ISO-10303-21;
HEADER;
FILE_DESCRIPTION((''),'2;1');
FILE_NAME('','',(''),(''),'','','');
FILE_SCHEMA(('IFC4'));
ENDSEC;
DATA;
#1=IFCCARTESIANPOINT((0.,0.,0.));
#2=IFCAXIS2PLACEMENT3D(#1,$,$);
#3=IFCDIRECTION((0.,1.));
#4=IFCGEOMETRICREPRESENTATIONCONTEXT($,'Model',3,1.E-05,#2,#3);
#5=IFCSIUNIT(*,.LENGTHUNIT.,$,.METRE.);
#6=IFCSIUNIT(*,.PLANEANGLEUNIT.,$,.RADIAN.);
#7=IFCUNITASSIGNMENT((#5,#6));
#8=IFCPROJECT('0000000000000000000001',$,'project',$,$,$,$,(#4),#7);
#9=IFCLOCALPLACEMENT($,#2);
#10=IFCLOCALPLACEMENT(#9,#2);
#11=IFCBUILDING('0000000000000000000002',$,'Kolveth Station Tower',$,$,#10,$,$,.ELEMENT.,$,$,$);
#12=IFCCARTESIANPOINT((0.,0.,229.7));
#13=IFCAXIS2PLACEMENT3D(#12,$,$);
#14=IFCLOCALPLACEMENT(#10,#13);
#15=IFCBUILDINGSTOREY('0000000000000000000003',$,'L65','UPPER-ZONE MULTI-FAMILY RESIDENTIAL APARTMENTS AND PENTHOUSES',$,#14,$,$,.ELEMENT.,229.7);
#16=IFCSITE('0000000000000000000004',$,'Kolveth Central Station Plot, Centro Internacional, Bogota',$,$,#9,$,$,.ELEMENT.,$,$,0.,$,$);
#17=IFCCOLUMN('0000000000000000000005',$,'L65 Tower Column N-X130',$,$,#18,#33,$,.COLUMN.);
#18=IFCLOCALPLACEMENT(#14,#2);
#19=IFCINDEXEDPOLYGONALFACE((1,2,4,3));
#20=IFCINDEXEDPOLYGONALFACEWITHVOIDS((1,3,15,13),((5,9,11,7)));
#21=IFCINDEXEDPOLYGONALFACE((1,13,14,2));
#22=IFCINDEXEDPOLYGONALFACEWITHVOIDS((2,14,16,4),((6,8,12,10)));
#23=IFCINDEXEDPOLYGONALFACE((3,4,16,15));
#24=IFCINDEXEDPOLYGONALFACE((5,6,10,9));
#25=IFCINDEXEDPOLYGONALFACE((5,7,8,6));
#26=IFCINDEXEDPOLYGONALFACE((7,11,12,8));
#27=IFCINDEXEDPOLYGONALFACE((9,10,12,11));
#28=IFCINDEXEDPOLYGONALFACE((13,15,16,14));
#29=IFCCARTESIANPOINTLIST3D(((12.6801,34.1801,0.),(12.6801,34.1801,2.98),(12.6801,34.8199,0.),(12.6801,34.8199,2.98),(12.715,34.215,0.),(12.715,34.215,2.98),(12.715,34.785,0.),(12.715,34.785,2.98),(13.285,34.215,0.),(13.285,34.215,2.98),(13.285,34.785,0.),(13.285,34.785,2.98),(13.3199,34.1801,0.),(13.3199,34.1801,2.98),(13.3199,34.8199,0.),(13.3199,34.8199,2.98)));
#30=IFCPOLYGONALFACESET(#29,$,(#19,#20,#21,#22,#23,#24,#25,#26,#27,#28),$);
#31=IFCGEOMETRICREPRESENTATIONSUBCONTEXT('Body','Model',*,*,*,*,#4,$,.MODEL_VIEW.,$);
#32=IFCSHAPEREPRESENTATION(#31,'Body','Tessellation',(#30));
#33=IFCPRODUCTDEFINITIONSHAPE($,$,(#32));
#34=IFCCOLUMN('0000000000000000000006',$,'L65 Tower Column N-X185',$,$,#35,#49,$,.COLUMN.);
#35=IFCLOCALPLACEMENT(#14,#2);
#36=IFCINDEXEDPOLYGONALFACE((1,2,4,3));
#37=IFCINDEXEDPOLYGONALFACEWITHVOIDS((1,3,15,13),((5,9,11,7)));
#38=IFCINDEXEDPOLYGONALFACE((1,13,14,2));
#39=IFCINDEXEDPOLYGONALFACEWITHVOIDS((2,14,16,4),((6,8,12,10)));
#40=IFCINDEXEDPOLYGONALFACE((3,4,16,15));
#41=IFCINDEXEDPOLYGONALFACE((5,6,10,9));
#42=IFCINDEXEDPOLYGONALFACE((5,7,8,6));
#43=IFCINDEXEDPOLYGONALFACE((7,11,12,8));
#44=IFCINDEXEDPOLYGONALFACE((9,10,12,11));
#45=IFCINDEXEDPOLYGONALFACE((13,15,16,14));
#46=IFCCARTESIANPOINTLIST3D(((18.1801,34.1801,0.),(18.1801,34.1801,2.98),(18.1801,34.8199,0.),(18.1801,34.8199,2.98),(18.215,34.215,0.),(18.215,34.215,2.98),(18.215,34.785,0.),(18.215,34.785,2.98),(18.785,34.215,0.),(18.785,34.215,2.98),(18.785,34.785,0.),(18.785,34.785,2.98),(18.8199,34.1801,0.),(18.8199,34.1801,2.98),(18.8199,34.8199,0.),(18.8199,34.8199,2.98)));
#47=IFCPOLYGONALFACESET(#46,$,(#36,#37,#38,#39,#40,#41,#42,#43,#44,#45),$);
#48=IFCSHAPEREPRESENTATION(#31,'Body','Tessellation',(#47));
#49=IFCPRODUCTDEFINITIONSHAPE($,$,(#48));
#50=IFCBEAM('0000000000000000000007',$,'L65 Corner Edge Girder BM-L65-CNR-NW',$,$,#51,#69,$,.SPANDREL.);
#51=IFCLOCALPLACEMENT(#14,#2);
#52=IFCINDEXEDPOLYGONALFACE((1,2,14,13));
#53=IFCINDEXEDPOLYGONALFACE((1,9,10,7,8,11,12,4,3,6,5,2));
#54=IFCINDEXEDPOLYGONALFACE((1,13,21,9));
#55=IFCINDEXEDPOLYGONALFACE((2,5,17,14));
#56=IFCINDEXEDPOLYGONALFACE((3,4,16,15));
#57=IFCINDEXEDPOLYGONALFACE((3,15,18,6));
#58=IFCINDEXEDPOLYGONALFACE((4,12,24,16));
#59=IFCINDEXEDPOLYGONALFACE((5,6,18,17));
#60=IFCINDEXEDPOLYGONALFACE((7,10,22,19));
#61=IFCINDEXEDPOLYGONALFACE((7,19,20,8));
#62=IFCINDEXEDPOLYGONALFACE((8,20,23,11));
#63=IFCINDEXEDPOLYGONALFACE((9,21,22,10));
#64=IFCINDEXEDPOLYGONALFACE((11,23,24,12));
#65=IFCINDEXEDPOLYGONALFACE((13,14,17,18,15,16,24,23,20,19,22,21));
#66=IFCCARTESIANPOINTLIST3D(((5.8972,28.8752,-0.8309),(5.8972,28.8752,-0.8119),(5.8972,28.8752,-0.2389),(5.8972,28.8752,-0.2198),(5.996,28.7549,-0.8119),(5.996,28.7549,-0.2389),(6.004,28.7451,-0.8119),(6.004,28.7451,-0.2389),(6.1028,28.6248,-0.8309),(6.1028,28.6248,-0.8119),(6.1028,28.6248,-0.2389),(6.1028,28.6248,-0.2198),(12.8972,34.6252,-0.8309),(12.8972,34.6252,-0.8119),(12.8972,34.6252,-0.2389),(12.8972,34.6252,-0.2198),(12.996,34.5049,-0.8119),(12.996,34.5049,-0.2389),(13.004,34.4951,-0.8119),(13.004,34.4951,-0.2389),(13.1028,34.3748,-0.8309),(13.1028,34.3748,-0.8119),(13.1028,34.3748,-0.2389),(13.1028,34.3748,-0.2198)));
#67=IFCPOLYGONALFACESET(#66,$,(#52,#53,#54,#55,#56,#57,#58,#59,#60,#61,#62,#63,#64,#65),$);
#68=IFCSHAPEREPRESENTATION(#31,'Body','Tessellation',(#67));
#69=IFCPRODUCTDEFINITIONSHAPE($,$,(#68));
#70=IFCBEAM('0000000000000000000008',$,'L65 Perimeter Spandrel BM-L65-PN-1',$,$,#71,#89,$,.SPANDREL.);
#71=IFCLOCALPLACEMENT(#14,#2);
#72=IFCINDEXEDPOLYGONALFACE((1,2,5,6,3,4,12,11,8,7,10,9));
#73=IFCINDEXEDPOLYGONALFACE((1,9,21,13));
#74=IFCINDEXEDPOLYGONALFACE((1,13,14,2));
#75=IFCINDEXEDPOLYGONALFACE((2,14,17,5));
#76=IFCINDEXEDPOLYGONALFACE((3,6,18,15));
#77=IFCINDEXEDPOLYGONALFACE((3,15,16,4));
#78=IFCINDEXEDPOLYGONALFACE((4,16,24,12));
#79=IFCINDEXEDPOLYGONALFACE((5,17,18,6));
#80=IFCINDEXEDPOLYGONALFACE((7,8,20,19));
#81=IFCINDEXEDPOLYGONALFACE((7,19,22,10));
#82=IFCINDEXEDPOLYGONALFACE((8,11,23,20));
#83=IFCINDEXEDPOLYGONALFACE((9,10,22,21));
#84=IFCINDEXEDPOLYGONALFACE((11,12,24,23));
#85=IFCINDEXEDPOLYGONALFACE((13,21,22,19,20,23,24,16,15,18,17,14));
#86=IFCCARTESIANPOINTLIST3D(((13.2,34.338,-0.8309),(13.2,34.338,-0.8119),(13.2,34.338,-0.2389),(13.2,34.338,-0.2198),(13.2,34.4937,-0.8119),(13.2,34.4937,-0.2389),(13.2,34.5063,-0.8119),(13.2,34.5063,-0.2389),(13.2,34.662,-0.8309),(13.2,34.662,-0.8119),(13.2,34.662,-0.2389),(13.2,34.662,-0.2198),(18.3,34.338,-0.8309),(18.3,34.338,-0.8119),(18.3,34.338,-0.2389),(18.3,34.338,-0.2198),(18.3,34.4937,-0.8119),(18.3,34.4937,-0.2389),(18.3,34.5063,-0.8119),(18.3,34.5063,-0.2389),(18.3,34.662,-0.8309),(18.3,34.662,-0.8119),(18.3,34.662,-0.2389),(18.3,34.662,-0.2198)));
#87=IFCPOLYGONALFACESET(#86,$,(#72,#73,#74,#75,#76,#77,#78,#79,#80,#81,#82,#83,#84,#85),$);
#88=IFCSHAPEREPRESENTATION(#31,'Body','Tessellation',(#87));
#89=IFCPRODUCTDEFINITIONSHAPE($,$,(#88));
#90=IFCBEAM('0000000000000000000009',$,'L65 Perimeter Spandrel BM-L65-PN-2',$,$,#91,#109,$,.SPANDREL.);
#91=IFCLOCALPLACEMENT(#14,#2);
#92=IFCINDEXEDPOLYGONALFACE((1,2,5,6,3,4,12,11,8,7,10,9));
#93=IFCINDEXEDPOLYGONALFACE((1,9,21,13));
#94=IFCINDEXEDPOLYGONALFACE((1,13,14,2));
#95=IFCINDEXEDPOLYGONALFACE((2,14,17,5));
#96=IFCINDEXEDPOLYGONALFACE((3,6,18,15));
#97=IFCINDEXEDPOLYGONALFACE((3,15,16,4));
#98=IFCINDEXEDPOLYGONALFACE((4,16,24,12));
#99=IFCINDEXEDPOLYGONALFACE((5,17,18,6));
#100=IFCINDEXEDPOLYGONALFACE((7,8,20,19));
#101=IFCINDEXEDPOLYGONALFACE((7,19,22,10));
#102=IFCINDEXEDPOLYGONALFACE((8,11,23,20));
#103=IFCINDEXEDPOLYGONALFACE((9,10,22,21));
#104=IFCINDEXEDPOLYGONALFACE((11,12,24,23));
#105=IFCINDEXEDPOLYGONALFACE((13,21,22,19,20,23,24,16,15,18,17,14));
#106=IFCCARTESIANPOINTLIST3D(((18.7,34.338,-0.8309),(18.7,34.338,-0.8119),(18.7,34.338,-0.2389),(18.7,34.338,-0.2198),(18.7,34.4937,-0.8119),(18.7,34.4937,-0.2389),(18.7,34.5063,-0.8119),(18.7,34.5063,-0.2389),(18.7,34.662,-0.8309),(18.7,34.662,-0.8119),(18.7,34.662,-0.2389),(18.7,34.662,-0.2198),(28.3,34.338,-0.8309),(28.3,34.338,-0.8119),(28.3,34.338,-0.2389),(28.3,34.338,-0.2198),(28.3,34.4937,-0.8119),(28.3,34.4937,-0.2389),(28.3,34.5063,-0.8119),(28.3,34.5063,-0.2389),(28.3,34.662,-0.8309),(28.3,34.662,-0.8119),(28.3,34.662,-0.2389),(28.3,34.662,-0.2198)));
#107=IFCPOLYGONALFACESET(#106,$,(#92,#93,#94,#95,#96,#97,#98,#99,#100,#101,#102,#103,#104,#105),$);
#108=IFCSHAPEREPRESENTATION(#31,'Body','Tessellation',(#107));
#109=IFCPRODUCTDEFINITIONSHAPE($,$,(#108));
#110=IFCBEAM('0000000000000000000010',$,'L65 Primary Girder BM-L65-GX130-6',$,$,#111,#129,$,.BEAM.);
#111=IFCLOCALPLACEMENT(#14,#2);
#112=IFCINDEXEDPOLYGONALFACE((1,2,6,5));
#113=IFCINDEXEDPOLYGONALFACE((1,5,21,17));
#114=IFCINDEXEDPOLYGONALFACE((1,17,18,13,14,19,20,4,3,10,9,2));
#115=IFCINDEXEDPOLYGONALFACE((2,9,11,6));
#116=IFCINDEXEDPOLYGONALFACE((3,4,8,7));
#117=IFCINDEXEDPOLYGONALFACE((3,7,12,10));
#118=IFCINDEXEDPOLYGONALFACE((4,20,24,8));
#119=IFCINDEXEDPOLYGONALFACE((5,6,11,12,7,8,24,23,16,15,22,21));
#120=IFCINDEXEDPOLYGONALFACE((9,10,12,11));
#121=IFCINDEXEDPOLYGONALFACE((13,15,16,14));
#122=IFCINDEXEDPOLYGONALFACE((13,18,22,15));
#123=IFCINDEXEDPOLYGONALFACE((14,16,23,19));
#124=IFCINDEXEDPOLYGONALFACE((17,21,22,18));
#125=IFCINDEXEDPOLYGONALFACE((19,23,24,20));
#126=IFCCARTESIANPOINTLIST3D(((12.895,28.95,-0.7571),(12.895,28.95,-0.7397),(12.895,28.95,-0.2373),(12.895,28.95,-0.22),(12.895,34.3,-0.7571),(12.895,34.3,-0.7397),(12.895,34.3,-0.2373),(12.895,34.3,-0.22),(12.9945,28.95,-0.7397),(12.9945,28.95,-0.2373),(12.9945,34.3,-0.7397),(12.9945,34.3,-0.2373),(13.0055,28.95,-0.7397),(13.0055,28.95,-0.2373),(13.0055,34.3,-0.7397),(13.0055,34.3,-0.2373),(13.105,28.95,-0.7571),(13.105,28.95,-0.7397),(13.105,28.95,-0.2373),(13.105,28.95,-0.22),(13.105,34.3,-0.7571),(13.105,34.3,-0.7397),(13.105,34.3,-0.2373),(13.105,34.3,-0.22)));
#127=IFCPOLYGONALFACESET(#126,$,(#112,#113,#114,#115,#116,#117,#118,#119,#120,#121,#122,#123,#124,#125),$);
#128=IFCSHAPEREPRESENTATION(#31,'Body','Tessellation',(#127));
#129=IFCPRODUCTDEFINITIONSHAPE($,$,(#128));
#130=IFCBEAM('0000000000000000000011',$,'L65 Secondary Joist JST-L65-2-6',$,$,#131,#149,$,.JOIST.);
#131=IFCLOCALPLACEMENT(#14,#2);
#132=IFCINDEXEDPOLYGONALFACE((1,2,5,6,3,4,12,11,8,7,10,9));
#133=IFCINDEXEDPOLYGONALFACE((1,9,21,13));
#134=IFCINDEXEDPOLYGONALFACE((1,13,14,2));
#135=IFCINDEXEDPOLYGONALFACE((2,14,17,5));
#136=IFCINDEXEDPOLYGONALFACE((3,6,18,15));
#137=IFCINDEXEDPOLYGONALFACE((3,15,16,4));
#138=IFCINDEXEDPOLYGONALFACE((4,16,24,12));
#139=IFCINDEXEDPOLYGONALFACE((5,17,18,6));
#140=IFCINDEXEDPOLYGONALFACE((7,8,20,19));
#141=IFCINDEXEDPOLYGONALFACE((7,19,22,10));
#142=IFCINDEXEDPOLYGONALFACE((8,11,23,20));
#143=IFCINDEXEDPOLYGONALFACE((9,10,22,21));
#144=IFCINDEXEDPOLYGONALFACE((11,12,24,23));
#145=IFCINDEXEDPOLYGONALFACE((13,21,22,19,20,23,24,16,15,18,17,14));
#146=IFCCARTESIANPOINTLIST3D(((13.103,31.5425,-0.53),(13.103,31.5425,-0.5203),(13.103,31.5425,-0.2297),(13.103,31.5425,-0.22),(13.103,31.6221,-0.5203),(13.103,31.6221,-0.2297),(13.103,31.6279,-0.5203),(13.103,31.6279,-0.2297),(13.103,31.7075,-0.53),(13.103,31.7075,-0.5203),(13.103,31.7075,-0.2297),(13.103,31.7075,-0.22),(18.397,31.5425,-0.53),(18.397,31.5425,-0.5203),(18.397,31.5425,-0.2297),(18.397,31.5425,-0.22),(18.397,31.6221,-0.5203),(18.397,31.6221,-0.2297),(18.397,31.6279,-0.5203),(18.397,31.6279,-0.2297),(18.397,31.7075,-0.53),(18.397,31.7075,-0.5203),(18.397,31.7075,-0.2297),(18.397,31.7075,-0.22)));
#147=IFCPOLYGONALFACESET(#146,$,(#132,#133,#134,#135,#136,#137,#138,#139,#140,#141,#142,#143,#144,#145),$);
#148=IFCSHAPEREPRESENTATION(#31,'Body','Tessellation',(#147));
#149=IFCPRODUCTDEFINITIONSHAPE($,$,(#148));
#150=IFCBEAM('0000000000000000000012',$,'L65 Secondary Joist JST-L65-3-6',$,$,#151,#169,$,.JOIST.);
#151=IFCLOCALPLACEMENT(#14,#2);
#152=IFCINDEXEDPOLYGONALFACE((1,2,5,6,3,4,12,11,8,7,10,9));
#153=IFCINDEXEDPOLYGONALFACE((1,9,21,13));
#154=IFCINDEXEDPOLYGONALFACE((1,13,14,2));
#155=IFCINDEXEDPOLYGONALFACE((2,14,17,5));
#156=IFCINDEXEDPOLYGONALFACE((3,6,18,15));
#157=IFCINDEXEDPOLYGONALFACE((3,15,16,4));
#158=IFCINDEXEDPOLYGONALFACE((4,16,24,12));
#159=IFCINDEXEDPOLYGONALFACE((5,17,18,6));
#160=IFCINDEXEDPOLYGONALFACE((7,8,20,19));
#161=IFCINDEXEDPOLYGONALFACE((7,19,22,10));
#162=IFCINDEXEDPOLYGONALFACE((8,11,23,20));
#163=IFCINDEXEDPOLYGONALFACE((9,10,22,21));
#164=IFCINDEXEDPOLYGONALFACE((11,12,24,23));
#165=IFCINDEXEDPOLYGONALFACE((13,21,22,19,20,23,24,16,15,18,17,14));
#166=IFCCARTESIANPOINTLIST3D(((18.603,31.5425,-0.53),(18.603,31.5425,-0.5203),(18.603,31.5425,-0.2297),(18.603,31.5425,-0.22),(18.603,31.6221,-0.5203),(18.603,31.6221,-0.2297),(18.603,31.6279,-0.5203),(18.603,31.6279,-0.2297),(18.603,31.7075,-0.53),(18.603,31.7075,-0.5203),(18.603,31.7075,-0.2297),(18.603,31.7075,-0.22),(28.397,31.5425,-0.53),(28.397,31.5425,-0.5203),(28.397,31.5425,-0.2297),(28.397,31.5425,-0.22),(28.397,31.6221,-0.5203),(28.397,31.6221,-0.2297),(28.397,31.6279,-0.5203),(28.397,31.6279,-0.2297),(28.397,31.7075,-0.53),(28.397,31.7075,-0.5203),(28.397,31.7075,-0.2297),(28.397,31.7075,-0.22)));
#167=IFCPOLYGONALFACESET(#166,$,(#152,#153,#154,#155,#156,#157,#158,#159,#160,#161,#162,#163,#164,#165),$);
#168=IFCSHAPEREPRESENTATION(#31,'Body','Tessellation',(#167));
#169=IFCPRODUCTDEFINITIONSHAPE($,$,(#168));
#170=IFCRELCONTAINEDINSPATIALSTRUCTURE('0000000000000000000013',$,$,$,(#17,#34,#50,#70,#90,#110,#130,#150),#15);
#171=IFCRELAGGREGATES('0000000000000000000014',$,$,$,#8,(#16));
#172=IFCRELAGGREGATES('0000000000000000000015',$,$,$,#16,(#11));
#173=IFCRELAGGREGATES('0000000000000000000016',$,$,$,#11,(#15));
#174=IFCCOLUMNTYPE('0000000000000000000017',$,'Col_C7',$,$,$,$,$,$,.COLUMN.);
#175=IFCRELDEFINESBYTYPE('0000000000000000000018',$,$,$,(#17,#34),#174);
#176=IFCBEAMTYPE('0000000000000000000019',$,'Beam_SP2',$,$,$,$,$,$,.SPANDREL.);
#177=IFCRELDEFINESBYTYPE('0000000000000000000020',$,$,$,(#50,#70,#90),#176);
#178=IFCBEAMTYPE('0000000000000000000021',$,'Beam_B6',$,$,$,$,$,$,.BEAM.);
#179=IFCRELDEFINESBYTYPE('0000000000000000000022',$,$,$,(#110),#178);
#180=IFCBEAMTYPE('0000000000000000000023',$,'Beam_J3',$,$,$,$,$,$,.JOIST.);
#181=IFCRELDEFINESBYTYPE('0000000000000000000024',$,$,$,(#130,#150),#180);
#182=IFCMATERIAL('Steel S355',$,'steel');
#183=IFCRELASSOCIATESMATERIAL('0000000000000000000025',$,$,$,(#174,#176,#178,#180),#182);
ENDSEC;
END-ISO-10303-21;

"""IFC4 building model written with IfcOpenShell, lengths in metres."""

from ifc_helpers import new_model, si_unit, direction, frame, origin, origin_2d, place, context, subcontext, project, spatial, hollow_rectangle, i_section, extrude, source, transform, mapped, material, material_profile, profile_set, type_object, element, save


model = new_model("IFC4")

# Units and contexts
model_context = context("Model", 3, precision=1e-05, world=origin(), true_north=direction((0.0, 1.0)))
body_context = subcontext(model_context, "Body", "Model", "MODEL_VIEW")
ifc_project = project(units=[si_unit("LENGTHUNIT", "METRE"), si_unit("PLANEANGLEUNIT", "RADIAN")], contexts=[model_context])

# Site, building, storey
site_placement = place(None, origin())
site = spatial("IfcSite", under=ifc_project, at=site_placement, Name="Kolveth Central Station Plot, Centro Internacional, Bogota", CompositionType="ELEMENT", RefElevation=0.0)
building_placement = place(site_placement, origin())
building = spatial("IfcBuilding", under=site, at=building_placement, Name="Kolveth Station Tower", CompositionType="ELEMENT")
storey_placement = place(building_placement, frame((0.0, 0.0, 229.7)))
storey = spatial("IfcBuildingStorey", under=building, at=storey_placement, Name="L65", Description="UPPER-ZONE MULTI-FAMILY RESIDENTIAL APARTMENTS AND PENTHOUSES", CompositionType="ELEMENT", Elevation=229.7)

# Columns
ifc_material_1 = material(Name="Steel S355", Category="steel")
ifc_material_profile_1 = material_profile(ifc_material_1, hollow_rectangle(XDim=0.6399, YDim=0.6399, WallThickness=0.0349, at=origin_2d()), Name="BOX640x640x35")
ifc_profile_set_1 = profile_set([ifc_material_profile_1], Name="Steel S355")
column_type = type_object("IfcColumnType", Name="Col_C7", PredefinedType="COLUMN", material=ifc_profile_set_1)
shared_shape_1 = source(origin(), body_context, "Body", "SweptSolid", [
    extrude(hollow_rectangle(XDim=0.6399, YDim=0.6399, WallThickness=0.0349, at=origin_2d()), origin(), (0.0, 0.0, 1.0), 2.98),
])
for number, where, z_axis, x_axis, name in (
    (1, (13.0, 34.5, 0.0), (0.0, 0.0, 1.0), (1.0, 0.0, 0.0), "L65 Tower Column N-X130"),
    (2, (18.5, 34.5, 0.0), (0.0, 0.0, 1.0), (1.0, 0.0, 0.0), "L65 Tower Column N-X185"),
):
    element("IfcColumn", number, at=place(storey_placement, frame(where, z_axis=z_axis, x_axis=x_axis)), inside=storey, type_object=column_type, Name=name, PredefinedType="COLUMN", context=body_context, shape_type="MappedRepresentation", body=[
        mapped(shared_shape_1, transform((0.0, 0.0, 0.0), x_axis=(1.0, 0.0, 0.0), y_axis=(0.0, 1.0, 0.0), z_axis=(0.0, 0.0, 1.0), scale=1.0)),
    ])

# Beams
ifc_material_profile_2 = material_profile(ifc_material_1, i_section(OverallWidth=0.324, OverallDepth=0.6111, WebThickness=0.0127, FlangeThickness=0.019, at=origin_2d()), Name="W610x155")
ifc_profile_set_2 = profile_set([ifc_material_profile_2], Name="Steel S355")
beam_type_1 = type_object("IfcBeamType", Name="Beam_SP2", PredefinedType="SPANDREL", material=ifc_profile_set_2)
shared_shape_2 = source(origin(), body_context, "Body", "SweptSolid", [
    extrude(i_section(OverallWidth=0.324, OverallDepth=0.6111, WebThickness=0.0127, FlangeThickness=0.019, at=origin_2d()), origin(), (0.0, 0.0, 1.0), 9.0588),
])
beam_1_placement = place(storey_placement, frame((13.0, 34.5, -0.5254), z_axis=(-0.772726, -0.634739, 0.0), x_axis=(0.634739, -0.772726, 0.0)))
element("IfcBeam", 3, at=beam_1_placement, inside=storey, type_object=beam_type_1, Name="L65 Corner Edge Girder BM-L65-CNR-NW", PredefinedType="SPANDREL", context=body_context, shape_type="MappedRepresentation", body=[
    mapped(shared_shape_2, transform((0.0, 0.0, 0.0), x_axis=(1.0, 0.0, 0.0), y_axis=(0.0, 1.0, 0.0), z_axis=(0.0, 0.0, 1.0), scale=1.0)),
])
shared_shape_3 = source(origin(), body_context, "Body", "SweptSolid", [
    extrude(i_section(OverallWidth=0.324, OverallDepth=0.6111, WebThickness=0.0127, FlangeThickness=0.019, at=origin_2d()), origin(), (0.0, 0.0, 1.0), 5.1001),
])
beam_2_placement = place(storey_placement, frame((13.2, 34.5, -0.5254), z_axis=(1.0, 0.0, 0.0), x_axis=(0.0, 1.0, 0.0)))
element("IfcBeam", 4, at=beam_2_placement, inside=storey, type_object=beam_type_1, Name="L65 Perimeter Spandrel BM-L65-PN-1", PredefinedType="SPANDREL", context=body_context, shape_type="MappedRepresentation", body=[
    mapped(shared_shape_3, transform((0.0, 0.0, 0.0), x_axis=(1.0, 0.0, 0.0), y_axis=(0.0, 1.0, 0.0), z_axis=(0.0, 0.0, 1.0), scale=1.0)),
])
shared_shape_4 = source(origin(), body_context, "Body", "SweptSolid", [
    extrude(i_section(OverallWidth=0.324, OverallDepth=0.6111, WebThickness=0.0127, FlangeThickness=0.019, at=origin_2d()), origin(), (0.0, 0.0, 1.0), 9.6001),
])
beam_3_placement = place(storey_placement, frame((18.7, 34.5, -0.5254), z_axis=(1.0, 0.0, 0.0), x_axis=(0.0, 1.0, 0.0)))
element("IfcBeam", 5, at=beam_3_placement, inside=storey, type_object=beam_type_1, Name="L65 Perimeter Spandrel BM-L65-PN-2", PredefinedType="SPANDREL", context=body_context, shape_type="MappedRepresentation", body=[
    mapped(shared_shape_4, transform((0.0, 0.0, 0.0), x_axis=(1.0, 0.0, 0.0), y_axis=(0.0, 1.0, 0.0), z_axis=(0.0, 0.0, 1.0), scale=1.0)),
])
ifc_material_profile_3 = material_profile(ifc_material_1, i_section(OverallWidth=0.21, OverallDepth=0.5371, WebThickness=0.011, FlangeThickness=0.0173, at=origin_2d()), Name="W530x101")
ifc_profile_set_3 = profile_set([ifc_material_profile_3], Name="Steel S355")
beam_type_2 = type_object("IfcBeamType", Name="Beam_B6", PredefinedType="BEAM", material=ifc_profile_set_3)
shared_shape_5 = source(origin(), body_context, "Body", "SweptSolid", [
    extrude(i_section(OverallWidth=0.21, OverallDepth=0.5371, WebThickness=0.011, FlangeThickness=0.0173, at=origin_2d()), origin(), (0.0, 0.0, 1.0), 5.3501),
])
beam_4_placement = place(storey_placement, frame((13.0, 28.95, -0.4885), z_axis=(0.0, 1.0, 0.0), x_axis=(-1.0, 0.0, 0.0)))
element("IfcBeam", 6, at=beam_4_placement, inside=storey, type_object=beam_type_2, Name="L65 Primary Girder BM-L65-GX130-6", PredefinedType="BEAM", context=body_context, shape_type="MappedRepresentation", body=[
    mapped(shared_shape_5, transform((0.0, 0.0, 0.0), x_axis=(1.0, 0.0, 0.0), y_axis=(0.0, 1.0, 0.0), z_axis=(0.0, 0.0, 1.0), scale=1.0)),
])
ifc_material_profile_4 = material_profile(ifc_material_1, i_section(OverallWidth=0.165, OverallDepth=0.3101, WebThickness=0.0059, FlangeThickness=0.0098, at=origin_2d()), Name="W310x39")
ifc_profile_set_4 = profile_set([ifc_material_profile_4], Name="Steel S355")
beam_type_3 = type_object("IfcBeamType", Name="Beam_J3", PredefinedType="JOIST", material=ifc_profile_set_4)
shared_shape_6 = source(origin(), body_context, "Body", "SweptSolid", [
    extrude(i_section(OverallWidth=0.165, OverallDepth=0.3101, WebThickness=0.0059, FlangeThickness=0.0098, at=origin_2d()), origin(), (0.0, 0.0, 1.0), 5.2939),
])
beam_5_placement = place(storey_placement, frame((13.103, 31.625, -0.375), z_axis=(1.0, 0.0, 0.0), x_axis=(0.0, 1.0, 0.0)))
element("IfcBeam", 7, at=beam_5_placement, inside=storey, type_object=beam_type_3, Name="L65 Secondary Joist JST-L65-2-6", PredefinedType="JOIST", context=body_context, shape_type="MappedRepresentation", body=[
    mapped(shared_shape_6, transform((0.0, 0.0, 0.0), x_axis=(1.0, 0.0, 0.0), y_axis=(0.0, 1.0, 0.0), z_axis=(0.0, 0.0, 1.0), scale=1.0)),
])
shared_shape_7 = source(origin(), body_context, "Body", "SweptSolid", [
    extrude(i_section(OverallWidth=0.165, OverallDepth=0.3101, WebThickness=0.0059, FlangeThickness=0.0098, at=origin_2d()), origin(), (0.0, 0.0, 1.0), 9.7939),
])
beam_6_placement = place(storey_placement, frame((18.603, 31.625, -0.375), z_axis=(1.0, 0.0, 0.0), x_axis=(0.0, 1.0, 0.0)))
element("IfcBeam", 8, at=beam_6_placement, inside=storey, type_object=beam_type_3, Name="L65 Secondary Joist JST-L65-3-6", PredefinedType="JOIST", context=body_context, shape_type="MappedRepresentation", body=[
    mapped(shared_shape_7, transform((0.0, 0.0, 0.0), x_axis=(1.0, 0.0, 0.0), y_axis=(0.0, 1.0, 0.0), z_axis=(0.0, 0.0, 1.0), scale=1.0)),
])

save(model, "model.ifc")
